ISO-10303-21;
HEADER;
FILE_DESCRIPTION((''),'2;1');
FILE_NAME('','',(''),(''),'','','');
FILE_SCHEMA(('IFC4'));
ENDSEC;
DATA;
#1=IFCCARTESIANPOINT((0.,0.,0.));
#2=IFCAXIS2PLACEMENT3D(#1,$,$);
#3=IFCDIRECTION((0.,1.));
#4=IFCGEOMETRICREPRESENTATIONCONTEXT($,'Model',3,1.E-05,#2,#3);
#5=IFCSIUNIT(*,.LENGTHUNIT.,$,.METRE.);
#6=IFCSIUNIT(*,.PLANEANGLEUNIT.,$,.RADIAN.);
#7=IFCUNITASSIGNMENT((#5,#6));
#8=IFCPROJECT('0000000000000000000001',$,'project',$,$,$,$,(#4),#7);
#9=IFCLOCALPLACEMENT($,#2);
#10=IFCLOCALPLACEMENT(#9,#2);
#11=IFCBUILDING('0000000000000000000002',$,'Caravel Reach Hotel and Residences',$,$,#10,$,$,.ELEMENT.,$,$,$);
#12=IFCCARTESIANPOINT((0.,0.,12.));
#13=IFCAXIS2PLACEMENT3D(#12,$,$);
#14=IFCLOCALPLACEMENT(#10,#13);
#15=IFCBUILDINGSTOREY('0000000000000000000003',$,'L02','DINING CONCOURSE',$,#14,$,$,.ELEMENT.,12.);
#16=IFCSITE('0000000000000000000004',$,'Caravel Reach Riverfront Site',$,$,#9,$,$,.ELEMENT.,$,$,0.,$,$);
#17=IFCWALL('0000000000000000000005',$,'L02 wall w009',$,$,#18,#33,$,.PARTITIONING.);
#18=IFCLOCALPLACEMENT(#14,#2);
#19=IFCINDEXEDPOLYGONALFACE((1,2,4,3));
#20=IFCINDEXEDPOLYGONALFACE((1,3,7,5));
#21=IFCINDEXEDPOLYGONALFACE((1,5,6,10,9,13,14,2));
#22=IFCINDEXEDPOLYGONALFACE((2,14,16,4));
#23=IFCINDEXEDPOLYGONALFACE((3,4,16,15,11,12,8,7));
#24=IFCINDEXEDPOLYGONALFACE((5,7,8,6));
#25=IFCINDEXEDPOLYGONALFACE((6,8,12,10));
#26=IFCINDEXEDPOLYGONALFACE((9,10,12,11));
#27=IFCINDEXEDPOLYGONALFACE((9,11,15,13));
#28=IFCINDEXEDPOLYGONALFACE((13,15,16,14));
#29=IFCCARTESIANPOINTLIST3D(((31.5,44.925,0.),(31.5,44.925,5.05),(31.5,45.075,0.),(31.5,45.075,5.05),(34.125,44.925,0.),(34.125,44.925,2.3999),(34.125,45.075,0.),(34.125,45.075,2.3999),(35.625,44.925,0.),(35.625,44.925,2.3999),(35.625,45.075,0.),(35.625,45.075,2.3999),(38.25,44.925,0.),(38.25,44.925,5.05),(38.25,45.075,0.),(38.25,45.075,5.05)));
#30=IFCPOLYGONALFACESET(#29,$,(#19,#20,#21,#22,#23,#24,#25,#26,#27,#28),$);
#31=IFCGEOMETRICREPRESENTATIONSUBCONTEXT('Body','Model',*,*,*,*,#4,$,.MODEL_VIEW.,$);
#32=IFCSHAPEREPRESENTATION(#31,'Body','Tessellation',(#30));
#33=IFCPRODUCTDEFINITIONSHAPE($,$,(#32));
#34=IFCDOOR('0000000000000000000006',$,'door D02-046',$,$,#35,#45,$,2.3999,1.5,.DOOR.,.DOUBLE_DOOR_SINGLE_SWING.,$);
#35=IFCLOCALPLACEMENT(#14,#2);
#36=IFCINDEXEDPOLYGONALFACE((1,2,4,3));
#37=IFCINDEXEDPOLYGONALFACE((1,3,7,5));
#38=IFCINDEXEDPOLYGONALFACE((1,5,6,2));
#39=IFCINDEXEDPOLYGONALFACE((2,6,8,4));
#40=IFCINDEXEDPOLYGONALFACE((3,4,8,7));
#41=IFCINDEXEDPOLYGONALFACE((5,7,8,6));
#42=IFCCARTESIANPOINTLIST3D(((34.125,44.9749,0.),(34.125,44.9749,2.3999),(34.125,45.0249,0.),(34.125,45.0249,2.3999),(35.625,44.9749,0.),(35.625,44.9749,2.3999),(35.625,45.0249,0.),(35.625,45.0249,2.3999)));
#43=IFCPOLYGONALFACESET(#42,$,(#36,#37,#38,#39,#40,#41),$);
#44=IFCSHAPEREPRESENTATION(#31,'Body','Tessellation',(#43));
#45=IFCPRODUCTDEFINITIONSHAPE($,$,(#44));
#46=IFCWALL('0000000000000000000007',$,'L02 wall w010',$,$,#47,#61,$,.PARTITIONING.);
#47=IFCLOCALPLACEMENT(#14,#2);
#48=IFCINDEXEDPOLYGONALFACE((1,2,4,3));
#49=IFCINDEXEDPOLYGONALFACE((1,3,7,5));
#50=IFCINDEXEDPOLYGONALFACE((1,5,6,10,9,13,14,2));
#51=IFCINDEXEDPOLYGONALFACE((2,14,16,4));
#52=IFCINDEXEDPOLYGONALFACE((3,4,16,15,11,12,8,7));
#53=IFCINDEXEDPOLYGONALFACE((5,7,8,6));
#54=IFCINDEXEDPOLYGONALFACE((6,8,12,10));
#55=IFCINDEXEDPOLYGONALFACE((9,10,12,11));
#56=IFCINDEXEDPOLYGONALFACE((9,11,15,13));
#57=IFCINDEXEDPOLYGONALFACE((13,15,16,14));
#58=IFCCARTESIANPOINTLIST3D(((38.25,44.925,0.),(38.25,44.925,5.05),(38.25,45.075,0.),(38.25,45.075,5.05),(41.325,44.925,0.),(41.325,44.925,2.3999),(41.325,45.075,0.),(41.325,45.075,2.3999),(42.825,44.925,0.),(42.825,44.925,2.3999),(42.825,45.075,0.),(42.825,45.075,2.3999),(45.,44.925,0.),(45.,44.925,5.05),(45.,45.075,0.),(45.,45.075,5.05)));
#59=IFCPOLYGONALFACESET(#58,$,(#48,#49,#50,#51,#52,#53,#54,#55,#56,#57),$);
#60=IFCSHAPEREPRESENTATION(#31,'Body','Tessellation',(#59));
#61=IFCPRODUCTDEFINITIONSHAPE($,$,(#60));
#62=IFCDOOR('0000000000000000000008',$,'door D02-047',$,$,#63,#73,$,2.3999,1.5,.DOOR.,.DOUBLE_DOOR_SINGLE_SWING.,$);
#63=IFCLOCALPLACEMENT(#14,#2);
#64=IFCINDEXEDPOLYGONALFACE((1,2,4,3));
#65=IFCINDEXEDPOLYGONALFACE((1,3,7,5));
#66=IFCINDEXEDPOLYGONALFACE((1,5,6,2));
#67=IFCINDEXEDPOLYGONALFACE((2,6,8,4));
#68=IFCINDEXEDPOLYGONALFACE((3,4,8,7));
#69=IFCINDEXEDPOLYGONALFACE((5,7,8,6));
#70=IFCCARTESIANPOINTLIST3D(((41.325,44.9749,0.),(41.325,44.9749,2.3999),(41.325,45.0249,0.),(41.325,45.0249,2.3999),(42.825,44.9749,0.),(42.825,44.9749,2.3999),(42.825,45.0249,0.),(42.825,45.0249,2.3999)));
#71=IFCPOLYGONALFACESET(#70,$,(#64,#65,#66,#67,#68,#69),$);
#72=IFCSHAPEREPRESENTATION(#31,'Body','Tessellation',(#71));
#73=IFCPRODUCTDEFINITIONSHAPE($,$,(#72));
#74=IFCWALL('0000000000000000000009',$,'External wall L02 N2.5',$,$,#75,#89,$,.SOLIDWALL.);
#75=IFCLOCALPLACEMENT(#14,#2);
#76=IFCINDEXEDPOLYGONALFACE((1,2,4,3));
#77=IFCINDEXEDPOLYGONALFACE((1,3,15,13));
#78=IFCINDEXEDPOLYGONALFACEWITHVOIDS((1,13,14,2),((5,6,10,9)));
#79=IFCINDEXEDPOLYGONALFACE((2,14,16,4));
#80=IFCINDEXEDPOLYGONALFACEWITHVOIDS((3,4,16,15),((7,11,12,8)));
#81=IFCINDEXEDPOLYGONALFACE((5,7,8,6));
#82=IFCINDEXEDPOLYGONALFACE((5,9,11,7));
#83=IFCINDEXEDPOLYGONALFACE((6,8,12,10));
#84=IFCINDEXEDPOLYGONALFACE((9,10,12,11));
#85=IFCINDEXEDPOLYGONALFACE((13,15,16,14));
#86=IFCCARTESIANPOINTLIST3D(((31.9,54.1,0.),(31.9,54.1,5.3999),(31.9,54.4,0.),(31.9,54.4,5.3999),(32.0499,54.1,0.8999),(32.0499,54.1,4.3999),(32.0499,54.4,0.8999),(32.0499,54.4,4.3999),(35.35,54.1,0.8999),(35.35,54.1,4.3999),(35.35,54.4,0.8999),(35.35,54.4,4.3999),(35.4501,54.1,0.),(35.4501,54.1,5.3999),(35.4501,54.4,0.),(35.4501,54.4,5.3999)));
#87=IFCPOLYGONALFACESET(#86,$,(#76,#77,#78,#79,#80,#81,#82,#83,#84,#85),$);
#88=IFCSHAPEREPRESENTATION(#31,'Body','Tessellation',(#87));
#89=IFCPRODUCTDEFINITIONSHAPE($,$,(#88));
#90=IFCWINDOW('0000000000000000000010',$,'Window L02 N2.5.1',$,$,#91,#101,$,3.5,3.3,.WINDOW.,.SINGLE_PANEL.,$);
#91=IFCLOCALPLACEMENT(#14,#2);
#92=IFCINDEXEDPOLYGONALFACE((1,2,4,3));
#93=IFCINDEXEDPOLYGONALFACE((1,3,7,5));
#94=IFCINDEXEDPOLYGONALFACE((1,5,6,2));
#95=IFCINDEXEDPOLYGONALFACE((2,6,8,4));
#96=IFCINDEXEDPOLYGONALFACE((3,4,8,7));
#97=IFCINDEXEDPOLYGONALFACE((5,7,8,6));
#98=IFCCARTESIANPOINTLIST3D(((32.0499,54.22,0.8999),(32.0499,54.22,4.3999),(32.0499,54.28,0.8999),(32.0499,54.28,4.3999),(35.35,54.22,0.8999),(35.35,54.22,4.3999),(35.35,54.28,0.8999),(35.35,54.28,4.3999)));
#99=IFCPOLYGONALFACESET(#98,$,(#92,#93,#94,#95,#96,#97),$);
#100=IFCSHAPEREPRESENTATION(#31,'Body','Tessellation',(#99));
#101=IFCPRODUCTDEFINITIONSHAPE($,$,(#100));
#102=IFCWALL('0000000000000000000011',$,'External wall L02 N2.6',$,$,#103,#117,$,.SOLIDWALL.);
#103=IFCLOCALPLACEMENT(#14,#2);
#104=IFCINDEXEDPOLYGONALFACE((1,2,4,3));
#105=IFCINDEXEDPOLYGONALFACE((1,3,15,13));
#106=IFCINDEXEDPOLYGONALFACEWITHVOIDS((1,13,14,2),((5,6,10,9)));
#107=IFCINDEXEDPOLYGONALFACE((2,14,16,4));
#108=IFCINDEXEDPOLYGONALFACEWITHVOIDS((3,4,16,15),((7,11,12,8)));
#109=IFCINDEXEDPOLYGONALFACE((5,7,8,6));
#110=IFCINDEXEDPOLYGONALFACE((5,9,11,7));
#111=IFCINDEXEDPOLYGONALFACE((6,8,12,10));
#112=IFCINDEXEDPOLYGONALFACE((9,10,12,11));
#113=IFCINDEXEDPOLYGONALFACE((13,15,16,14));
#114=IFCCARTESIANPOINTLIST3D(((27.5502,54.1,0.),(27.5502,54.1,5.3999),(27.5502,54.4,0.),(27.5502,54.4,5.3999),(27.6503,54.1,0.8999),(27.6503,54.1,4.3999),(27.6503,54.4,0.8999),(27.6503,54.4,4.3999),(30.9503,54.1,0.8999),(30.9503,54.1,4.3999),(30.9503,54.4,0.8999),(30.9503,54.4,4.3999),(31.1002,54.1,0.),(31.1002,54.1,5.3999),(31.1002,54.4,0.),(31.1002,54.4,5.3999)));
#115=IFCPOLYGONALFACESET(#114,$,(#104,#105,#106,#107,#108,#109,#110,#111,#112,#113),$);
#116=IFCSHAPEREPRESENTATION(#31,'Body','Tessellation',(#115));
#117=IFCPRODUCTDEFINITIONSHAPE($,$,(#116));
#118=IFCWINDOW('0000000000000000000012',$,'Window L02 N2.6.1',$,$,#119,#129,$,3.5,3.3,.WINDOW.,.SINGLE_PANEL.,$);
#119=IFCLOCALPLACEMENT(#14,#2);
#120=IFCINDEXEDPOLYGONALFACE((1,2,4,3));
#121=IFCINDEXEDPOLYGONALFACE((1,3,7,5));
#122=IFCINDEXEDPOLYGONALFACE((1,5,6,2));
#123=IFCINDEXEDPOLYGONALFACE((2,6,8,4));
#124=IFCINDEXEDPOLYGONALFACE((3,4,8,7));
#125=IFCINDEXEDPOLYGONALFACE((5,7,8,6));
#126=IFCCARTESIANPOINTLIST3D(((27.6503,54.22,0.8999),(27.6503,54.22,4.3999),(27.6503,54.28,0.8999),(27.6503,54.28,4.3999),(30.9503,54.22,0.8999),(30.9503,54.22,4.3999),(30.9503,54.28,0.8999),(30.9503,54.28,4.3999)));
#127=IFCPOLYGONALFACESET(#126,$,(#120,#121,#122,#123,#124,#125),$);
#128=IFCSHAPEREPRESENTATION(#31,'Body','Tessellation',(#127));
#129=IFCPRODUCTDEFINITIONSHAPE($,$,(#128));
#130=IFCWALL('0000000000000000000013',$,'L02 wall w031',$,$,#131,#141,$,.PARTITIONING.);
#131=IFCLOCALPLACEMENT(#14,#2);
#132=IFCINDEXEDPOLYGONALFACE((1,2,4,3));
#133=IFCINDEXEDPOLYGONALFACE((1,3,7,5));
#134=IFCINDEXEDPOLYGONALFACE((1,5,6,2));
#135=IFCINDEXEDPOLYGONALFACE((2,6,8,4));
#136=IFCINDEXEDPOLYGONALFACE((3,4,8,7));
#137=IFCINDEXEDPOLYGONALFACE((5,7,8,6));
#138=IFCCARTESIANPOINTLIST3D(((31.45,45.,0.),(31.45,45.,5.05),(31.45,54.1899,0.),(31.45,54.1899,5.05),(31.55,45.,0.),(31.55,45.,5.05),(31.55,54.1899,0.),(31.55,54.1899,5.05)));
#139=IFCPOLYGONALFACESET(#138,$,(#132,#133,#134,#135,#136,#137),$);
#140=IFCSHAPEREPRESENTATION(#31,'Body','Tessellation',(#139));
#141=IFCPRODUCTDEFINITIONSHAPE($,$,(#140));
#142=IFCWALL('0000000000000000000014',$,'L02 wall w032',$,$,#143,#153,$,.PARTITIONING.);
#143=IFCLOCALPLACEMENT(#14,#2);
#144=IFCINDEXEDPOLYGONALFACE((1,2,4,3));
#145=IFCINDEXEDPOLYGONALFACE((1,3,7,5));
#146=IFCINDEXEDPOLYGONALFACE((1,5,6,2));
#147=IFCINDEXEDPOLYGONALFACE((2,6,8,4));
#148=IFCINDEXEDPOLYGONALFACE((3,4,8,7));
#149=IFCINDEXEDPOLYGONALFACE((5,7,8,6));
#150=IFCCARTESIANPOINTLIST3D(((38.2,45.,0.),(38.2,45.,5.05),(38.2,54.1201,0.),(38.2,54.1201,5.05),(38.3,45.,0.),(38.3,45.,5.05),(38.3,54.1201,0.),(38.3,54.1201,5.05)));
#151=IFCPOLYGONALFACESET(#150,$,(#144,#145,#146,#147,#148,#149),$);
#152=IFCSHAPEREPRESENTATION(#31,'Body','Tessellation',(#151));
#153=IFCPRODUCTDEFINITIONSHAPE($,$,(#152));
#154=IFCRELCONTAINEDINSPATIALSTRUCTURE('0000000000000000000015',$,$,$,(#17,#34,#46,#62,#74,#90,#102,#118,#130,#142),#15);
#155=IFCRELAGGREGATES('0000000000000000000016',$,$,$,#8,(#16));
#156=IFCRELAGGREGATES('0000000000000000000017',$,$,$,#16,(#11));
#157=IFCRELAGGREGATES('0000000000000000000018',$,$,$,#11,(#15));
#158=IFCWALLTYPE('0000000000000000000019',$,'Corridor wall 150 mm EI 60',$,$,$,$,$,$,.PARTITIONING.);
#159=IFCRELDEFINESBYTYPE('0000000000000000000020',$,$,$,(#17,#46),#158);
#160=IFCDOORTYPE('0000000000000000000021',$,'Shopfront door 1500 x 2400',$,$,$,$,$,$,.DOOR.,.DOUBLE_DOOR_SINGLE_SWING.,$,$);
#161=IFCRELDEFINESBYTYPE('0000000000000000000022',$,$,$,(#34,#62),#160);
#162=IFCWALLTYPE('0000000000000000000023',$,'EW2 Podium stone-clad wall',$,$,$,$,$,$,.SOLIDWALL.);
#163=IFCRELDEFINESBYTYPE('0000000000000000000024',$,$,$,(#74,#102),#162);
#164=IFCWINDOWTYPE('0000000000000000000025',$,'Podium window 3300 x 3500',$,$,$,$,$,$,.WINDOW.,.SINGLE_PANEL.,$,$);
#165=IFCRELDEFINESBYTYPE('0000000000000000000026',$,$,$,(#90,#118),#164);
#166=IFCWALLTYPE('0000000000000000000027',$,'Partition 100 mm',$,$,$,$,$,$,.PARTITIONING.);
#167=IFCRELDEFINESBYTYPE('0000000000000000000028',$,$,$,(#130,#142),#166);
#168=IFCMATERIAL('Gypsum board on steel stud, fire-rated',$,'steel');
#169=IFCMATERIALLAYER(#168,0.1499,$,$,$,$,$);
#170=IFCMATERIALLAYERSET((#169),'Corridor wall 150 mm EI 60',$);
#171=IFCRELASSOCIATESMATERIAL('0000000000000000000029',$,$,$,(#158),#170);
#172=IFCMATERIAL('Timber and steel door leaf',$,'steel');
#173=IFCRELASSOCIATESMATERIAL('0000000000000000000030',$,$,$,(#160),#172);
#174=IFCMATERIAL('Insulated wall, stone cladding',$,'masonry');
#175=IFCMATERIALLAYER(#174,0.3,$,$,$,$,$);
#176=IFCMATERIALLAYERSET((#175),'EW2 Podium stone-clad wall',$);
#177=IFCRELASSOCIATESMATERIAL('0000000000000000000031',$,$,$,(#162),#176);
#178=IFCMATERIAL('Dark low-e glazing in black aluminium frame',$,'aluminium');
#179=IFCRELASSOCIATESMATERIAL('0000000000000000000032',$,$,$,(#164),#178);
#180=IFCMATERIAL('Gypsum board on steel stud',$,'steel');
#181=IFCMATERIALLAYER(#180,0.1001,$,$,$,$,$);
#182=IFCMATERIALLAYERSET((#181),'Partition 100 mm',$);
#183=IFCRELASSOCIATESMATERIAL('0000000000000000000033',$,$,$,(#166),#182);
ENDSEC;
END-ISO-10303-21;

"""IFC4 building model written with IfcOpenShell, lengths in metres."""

from ifc_helpers import new_model, si_unit, direction, frame, frame_2d, origin, place, context, subcontext, project, spatial, rectangle, extrude, material, layer, layer_set, type_object, element, fill, save


model = new_model("IFC4")

# Units and contexts
model_context = context("Model", 3, precision=1e-05, world=origin(), true_north=direction((0.0, 1.0)))
body_context = subcontext(model_context, "Body", "Model", "MODEL_VIEW")
ifc_project = project(units=[si_unit("LENGTHUNIT", "METRE"), si_unit("PLANEANGLEUNIT", "RADIAN")], contexts=[model_context])

# Site, building, storey
site_placement = place(None, origin())
site = spatial("IfcSite", under=ifc_project, at=site_placement, Name="Caravel Reach Riverfront Site", CompositionType="ELEMENT", RefElevation=0.0)
building_placement = place(site_placement, origin())
building = spatial("IfcBuilding", under=site, at=building_placement, Name="Caravel Reach Hotel and Residences", CompositionType="ELEMENT")
storey_placement = place(building_placement, frame((0.0, 0.0, 12.0)))
storey = spatial("IfcBuildingStorey", under=building, at=storey_placement, Name="L02", Description="DINING CONCOURSE", CompositionType="ELEMENT", Elevation=12.0)

# Walls, openings, doors
ifc_material_1 = material(Name="Gypsum board on steel stud, fire-rated", Category="steel")
ifc_layer_1 = layer(ifc_material_1, 0.1499)
ifc_layer_set_1 = layer_set([ifc_layer_1], Name="Corridor wall 150 mm EI 60")
wall_type_1 = type_object("IfcWallType", Name="Corridor wall 150 mm EI 60", PredefinedType="PARTITIONING", material=ifc_layer_set_1)
wall_1_placement = place(storey_placement, frame((31.5, 45.0, 0.0), z_axis=(0.0, 0.0, 1.0), x_axis=(1.0, 0.0, 0.0)))
wall_1 = element("IfcWall", 1, at=wall_1_placement, inside=storey, type_object=wall_type_1, Name="L02 wall w009", PredefinedType="PARTITIONING", context=body_context, shape_type="SweptSolid", body=[
    extrude(rectangle(XDim=6.75, YDim=0.1499, at=frame_2d((3.375, 0.0))), origin(), (0.0, 0.0, 1.0), 5.05),
])
opening_1_placement = place(wall_1_placement, frame((2.625, 0.0, 0.0)))
opening_1 = element("IfcOpeningElement", 2, at=opening_1_placement, cuts=wall_1, PredefinedType="OPENING", context=body_context, shape_type="SweptSolid", body=[
    extrude(rectangle(XDim=1.5, YDim=2.3999, at=frame_2d((0.75, 1.2))), frame((0.0, 0.085, 0.0), z_axis=(0.0, -1.0, 0.0), x_axis=(1.0, 0.0, 0.0)), (0.0, 0.0, 1.0), 0.1699),
])
ifc_material_2 = material(Name="Timber and steel door leaf", Category="steel")
door_type = type_object("IfcDoorType", Name="Shopfront door 1500 x 2400", OperationType="DOUBLE_DOOR_SINGLE_SWING", PredefinedType="DOOR", material=ifc_material_2)
door_1_placement = place(opening_1_placement, origin())
door_1 = element("IfcDoor", 3, at=door_1_placement, inside=storey, type_object=door_type, Name="door D02-046", OperationType="DOUBLE_DOOR_SINGLE_SWING", OverallHeight=2.3999, OverallWidth=1.5, PredefinedType="DOOR", context=body_context, shape_type="SweptSolid", body=[
    extrude(rectangle(XDim=1.5, YDim=2.3999, at=frame_2d((0.75, 1.2))), frame((0.0, 0.0249, 0.0), z_axis=(0.0, -1.0, 0.0), x_axis=(1.0, 0.0, 0.0)), (0.0, 0.0, 1.0), 0.05),
])
fill(opening_1, door_1)
wall_2_placement = place(storey_placement, frame((38.25, 45.0, 0.0), z_axis=(0.0, 0.0, 1.0), x_axis=(1.0, 0.0, 0.0)))
wall_2 = element("IfcWall", 4, at=wall_2_placement, inside=storey, type_object=wall_type_1, Name="L02 wall w010", PredefinedType="PARTITIONING", context=body_context, shape_type="SweptSolid", body=[
    extrude(rectangle(XDim=6.75, YDim=0.1499, at=frame_2d((3.375, 0.0))), origin(), (0.0, 0.0, 1.0), 5.05),
])
opening_2_placement = place(wall_2_placement, frame((3.075, 0.0, 0.0)))
opening_2 = element("IfcOpeningElement", 5, at=opening_2_placement, cuts=wall_2, PredefinedType="OPENING", context=body_context, shape_type="SweptSolid", body=[
    extrude(rectangle(XDim=1.5, YDim=2.3999, at=frame_2d((0.75, 1.2))), frame((0.0, 0.085, 0.0), z_axis=(0.0, -1.0, 0.0), x_axis=(1.0, 0.0, 0.0)), (0.0, 0.0, 1.0), 0.1699),
])
door_2_placement = place(opening_2_placement, origin())
door_2 = element("IfcDoor", 6, at=door_2_placement, inside=storey, type_object=door_type, Name="door D02-047", OperationType="DOUBLE_DOOR_SINGLE_SWING", OverallHeight=2.3999, OverallWidth=1.5, PredefinedType="DOOR", context=body_context, shape_type="SweptSolid", body=[
    extrude(rectangle(XDim=1.5, YDim=2.3999, at=frame_2d((0.75, 1.2))), frame((0.0, 0.0249, 0.0), z_axis=(0.0, -1.0, 0.0), x_axis=(1.0, 0.0, 0.0)), (0.0, 0.0, 1.0), 0.05),
])
fill(opening_2, door_2)

# Walls, openings, windows
ifc_material_3 = material(Name="Insulated wall, stone cladding", Category="masonry")
ifc_layer_2 = layer(ifc_material_3, 0.3)
ifc_layer_set_2 = layer_set([ifc_layer_2], Name="EW2 Podium stone-clad wall")
wall_type_2 = type_object("IfcWallType", Name="EW2 Podium stone-clad wall", PredefinedType="SOLIDWALL", material=ifc_layer_set_2)
wall_3_placement = place(storey_placement, frame((35.45, 54.25, 0.0), z_axis=(0.0, 0.0, 1.0), x_axis=(-1.0, 0.0, 0.0)))
wall_3 = element("IfcWall", 7, at=wall_3_placement, inside=storey, type_object=wall_type_2, Name="External wall L02 N2.5", PredefinedType="SOLIDWALL", context=body_context, shape_type="SweptSolid", body=[
    extrude(rectangle(XDim=3.55, YDim=0.3, at=frame_2d((1.7749, 0.0))), origin(), (0.0, 0.0, 1.0), 5.3999),
])
opening_3_placement = place(wall_3_placement, frame((0.1001, 0.0, 0.8999)))
opening_3 = element("IfcOpeningElement", 8, at=opening_3_placement, cuts=wall_3, PredefinedType="OPENING", context=body_context, shape_type="SweptSolid", body=[
    extrude(rectangle(XDim=3.3, YDim=3.5, at=frame_2d((1.6499, 1.75))), frame((0.0, 0.1599, 0.0), z_axis=(0.0, -1.0, 0.0), x_axis=(1.0, 0.0, 0.0)), (0.0, 0.0, 1.0), 0.3201),
])
ifc_material_4 = material(Name="Dark low-e glazing in black aluminium frame", Category="aluminium")
window_type = type_object("IfcWindowType", Name="Podium window 3300 x 3500", PartitioningType="SINGLE_PANEL", PredefinedType="WINDOW", material=ifc_material_4)
window_1_placement = place(opening_3_placement, origin())
window_1 = element("IfcWindow", 9, at=window_1_placement, inside=storey, type_object=window_type, Name="Window L02 N2.5.1", OverallHeight=3.5, OverallWidth=3.3, PartitioningType="SINGLE_PANEL", PredefinedType="WINDOW", context=body_context, shape_type="SweptSolid", body=[
    extrude(rectangle(XDim=3.3, YDim=3.5, at=frame_2d((1.6499, 1.75))), frame((0.0, 0.03, 0.0), z_axis=(0.0, -1.0, 0.0), x_axis=(1.0, 0.0, 0.0)), (0.0, 0.0, 1.0), 0.0601),
])
fill(opening_3, window_1)
wall_4_placement = place(storey_placement, frame((31.1001, 54.25, 0.0), z_axis=(0.0, 0.0, 1.0), x_axis=(-1.0, 0.0, 0.0)))
wall_4 = element("IfcWall", 10, at=wall_4_placement, inside=storey, type_object=wall_type_2, Name="External wall L02 N2.6", PredefinedType="SOLIDWALL", context=body_context, shape_type="SweptSolid", body=[
    extrude(rectangle(XDim=3.55, YDim=0.3, at=frame_2d((1.7749, 0.0))), origin(), (0.0, 0.0, 1.0), 5.3999),
])
opening_4_placement = place(wall_4_placement, frame((0.1499, 0.0, 0.8999)))
opening_4 = element("IfcOpeningElement", 11, at=opening_4_placement, cuts=wall_4, PredefinedType="OPENING", context=body_context, shape_type="SweptSolid", body=[
    extrude(rectangle(XDim=3.3, YDim=3.5, at=frame_2d((1.6499, 1.75))), frame((0.0, 0.1599, 0.0), z_axis=(0.0, -1.0, 0.0), x_axis=(1.0, 0.0, 0.0)), (0.0, 0.0, 1.0), 0.3201),
])
window_2_placement = place(opening_4_placement, origin())
window_2 = element("IfcWindow", 12, at=window_2_placement, inside=storey, type_object=window_type, Name="Window L02 N2.6.1", OverallHeight=3.5, OverallWidth=3.3, PartitioningType="SINGLE_PANEL", PredefinedType="WINDOW", context=body_context, shape_type="SweptSolid", body=[
    extrude(rectangle(XDim=3.3, YDim=3.5, at=frame_2d((1.6499, 1.75))), frame((0.0, 0.03, 0.0), z_axis=(0.0, -1.0, 0.0), x_axis=(1.0, 0.0, 0.0)), (0.0, 0.0, 1.0), 0.0601),
])
fill(opening_4, window_2)

# Walls
ifc_material_5 = material(Name="Gypsum board on steel stud", Category="steel")
ifc_layer_3 = layer(ifc_material_5, 0.1001)
ifc_layer_set_3 = layer_set([ifc_layer_3], Name="Partition 100 mm")
wall_type_3 = type_object("IfcWallType", Name="Partition 100 mm", PredefinedType="PARTITIONING", material=ifc_layer_set_3)
wall_5_placement = place(storey_placement, frame((31.5, 45.0, 0.0), z_axis=(0.0, 0.0, 1.0), x_axis=(0.0, 1.0, 0.0)))
element("IfcWall", 13, at=wall_5_placement, inside=storey, type_object=wall_type_3, Name="L02 wall w031", PredefinedType="PARTITIONING", context=body_context, shape_type="SweptSolid", body=[
    extrude(rectangle(XDim=9.1899, YDim=0.1001, at=frame_2d((4.595, 0.0))), origin(), (0.0, 0.0, 1.0), 5.05),
])
wall_6_placement = place(storey_placement, frame((38.25, 45.0, 0.0), z_axis=(0.0, 0.0, 1.0), x_axis=(0.0, 1.0, 0.0)))
element("IfcWall", 14, at=wall_6_placement, inside=storey, type_object=wall_type_3, Name="L02 wall w032", PredefinedType="PARTITIONING", context=body_context, shape_type="SweptSolid", body=[
    extrude(rectangle(XDim=9.1201, YDim=0.1001, at=frame_2d((4.5601, 0.0))), origin(), (0.0, 0.0, 1.0), 5.05),
])

save(model, "model.ifc")
